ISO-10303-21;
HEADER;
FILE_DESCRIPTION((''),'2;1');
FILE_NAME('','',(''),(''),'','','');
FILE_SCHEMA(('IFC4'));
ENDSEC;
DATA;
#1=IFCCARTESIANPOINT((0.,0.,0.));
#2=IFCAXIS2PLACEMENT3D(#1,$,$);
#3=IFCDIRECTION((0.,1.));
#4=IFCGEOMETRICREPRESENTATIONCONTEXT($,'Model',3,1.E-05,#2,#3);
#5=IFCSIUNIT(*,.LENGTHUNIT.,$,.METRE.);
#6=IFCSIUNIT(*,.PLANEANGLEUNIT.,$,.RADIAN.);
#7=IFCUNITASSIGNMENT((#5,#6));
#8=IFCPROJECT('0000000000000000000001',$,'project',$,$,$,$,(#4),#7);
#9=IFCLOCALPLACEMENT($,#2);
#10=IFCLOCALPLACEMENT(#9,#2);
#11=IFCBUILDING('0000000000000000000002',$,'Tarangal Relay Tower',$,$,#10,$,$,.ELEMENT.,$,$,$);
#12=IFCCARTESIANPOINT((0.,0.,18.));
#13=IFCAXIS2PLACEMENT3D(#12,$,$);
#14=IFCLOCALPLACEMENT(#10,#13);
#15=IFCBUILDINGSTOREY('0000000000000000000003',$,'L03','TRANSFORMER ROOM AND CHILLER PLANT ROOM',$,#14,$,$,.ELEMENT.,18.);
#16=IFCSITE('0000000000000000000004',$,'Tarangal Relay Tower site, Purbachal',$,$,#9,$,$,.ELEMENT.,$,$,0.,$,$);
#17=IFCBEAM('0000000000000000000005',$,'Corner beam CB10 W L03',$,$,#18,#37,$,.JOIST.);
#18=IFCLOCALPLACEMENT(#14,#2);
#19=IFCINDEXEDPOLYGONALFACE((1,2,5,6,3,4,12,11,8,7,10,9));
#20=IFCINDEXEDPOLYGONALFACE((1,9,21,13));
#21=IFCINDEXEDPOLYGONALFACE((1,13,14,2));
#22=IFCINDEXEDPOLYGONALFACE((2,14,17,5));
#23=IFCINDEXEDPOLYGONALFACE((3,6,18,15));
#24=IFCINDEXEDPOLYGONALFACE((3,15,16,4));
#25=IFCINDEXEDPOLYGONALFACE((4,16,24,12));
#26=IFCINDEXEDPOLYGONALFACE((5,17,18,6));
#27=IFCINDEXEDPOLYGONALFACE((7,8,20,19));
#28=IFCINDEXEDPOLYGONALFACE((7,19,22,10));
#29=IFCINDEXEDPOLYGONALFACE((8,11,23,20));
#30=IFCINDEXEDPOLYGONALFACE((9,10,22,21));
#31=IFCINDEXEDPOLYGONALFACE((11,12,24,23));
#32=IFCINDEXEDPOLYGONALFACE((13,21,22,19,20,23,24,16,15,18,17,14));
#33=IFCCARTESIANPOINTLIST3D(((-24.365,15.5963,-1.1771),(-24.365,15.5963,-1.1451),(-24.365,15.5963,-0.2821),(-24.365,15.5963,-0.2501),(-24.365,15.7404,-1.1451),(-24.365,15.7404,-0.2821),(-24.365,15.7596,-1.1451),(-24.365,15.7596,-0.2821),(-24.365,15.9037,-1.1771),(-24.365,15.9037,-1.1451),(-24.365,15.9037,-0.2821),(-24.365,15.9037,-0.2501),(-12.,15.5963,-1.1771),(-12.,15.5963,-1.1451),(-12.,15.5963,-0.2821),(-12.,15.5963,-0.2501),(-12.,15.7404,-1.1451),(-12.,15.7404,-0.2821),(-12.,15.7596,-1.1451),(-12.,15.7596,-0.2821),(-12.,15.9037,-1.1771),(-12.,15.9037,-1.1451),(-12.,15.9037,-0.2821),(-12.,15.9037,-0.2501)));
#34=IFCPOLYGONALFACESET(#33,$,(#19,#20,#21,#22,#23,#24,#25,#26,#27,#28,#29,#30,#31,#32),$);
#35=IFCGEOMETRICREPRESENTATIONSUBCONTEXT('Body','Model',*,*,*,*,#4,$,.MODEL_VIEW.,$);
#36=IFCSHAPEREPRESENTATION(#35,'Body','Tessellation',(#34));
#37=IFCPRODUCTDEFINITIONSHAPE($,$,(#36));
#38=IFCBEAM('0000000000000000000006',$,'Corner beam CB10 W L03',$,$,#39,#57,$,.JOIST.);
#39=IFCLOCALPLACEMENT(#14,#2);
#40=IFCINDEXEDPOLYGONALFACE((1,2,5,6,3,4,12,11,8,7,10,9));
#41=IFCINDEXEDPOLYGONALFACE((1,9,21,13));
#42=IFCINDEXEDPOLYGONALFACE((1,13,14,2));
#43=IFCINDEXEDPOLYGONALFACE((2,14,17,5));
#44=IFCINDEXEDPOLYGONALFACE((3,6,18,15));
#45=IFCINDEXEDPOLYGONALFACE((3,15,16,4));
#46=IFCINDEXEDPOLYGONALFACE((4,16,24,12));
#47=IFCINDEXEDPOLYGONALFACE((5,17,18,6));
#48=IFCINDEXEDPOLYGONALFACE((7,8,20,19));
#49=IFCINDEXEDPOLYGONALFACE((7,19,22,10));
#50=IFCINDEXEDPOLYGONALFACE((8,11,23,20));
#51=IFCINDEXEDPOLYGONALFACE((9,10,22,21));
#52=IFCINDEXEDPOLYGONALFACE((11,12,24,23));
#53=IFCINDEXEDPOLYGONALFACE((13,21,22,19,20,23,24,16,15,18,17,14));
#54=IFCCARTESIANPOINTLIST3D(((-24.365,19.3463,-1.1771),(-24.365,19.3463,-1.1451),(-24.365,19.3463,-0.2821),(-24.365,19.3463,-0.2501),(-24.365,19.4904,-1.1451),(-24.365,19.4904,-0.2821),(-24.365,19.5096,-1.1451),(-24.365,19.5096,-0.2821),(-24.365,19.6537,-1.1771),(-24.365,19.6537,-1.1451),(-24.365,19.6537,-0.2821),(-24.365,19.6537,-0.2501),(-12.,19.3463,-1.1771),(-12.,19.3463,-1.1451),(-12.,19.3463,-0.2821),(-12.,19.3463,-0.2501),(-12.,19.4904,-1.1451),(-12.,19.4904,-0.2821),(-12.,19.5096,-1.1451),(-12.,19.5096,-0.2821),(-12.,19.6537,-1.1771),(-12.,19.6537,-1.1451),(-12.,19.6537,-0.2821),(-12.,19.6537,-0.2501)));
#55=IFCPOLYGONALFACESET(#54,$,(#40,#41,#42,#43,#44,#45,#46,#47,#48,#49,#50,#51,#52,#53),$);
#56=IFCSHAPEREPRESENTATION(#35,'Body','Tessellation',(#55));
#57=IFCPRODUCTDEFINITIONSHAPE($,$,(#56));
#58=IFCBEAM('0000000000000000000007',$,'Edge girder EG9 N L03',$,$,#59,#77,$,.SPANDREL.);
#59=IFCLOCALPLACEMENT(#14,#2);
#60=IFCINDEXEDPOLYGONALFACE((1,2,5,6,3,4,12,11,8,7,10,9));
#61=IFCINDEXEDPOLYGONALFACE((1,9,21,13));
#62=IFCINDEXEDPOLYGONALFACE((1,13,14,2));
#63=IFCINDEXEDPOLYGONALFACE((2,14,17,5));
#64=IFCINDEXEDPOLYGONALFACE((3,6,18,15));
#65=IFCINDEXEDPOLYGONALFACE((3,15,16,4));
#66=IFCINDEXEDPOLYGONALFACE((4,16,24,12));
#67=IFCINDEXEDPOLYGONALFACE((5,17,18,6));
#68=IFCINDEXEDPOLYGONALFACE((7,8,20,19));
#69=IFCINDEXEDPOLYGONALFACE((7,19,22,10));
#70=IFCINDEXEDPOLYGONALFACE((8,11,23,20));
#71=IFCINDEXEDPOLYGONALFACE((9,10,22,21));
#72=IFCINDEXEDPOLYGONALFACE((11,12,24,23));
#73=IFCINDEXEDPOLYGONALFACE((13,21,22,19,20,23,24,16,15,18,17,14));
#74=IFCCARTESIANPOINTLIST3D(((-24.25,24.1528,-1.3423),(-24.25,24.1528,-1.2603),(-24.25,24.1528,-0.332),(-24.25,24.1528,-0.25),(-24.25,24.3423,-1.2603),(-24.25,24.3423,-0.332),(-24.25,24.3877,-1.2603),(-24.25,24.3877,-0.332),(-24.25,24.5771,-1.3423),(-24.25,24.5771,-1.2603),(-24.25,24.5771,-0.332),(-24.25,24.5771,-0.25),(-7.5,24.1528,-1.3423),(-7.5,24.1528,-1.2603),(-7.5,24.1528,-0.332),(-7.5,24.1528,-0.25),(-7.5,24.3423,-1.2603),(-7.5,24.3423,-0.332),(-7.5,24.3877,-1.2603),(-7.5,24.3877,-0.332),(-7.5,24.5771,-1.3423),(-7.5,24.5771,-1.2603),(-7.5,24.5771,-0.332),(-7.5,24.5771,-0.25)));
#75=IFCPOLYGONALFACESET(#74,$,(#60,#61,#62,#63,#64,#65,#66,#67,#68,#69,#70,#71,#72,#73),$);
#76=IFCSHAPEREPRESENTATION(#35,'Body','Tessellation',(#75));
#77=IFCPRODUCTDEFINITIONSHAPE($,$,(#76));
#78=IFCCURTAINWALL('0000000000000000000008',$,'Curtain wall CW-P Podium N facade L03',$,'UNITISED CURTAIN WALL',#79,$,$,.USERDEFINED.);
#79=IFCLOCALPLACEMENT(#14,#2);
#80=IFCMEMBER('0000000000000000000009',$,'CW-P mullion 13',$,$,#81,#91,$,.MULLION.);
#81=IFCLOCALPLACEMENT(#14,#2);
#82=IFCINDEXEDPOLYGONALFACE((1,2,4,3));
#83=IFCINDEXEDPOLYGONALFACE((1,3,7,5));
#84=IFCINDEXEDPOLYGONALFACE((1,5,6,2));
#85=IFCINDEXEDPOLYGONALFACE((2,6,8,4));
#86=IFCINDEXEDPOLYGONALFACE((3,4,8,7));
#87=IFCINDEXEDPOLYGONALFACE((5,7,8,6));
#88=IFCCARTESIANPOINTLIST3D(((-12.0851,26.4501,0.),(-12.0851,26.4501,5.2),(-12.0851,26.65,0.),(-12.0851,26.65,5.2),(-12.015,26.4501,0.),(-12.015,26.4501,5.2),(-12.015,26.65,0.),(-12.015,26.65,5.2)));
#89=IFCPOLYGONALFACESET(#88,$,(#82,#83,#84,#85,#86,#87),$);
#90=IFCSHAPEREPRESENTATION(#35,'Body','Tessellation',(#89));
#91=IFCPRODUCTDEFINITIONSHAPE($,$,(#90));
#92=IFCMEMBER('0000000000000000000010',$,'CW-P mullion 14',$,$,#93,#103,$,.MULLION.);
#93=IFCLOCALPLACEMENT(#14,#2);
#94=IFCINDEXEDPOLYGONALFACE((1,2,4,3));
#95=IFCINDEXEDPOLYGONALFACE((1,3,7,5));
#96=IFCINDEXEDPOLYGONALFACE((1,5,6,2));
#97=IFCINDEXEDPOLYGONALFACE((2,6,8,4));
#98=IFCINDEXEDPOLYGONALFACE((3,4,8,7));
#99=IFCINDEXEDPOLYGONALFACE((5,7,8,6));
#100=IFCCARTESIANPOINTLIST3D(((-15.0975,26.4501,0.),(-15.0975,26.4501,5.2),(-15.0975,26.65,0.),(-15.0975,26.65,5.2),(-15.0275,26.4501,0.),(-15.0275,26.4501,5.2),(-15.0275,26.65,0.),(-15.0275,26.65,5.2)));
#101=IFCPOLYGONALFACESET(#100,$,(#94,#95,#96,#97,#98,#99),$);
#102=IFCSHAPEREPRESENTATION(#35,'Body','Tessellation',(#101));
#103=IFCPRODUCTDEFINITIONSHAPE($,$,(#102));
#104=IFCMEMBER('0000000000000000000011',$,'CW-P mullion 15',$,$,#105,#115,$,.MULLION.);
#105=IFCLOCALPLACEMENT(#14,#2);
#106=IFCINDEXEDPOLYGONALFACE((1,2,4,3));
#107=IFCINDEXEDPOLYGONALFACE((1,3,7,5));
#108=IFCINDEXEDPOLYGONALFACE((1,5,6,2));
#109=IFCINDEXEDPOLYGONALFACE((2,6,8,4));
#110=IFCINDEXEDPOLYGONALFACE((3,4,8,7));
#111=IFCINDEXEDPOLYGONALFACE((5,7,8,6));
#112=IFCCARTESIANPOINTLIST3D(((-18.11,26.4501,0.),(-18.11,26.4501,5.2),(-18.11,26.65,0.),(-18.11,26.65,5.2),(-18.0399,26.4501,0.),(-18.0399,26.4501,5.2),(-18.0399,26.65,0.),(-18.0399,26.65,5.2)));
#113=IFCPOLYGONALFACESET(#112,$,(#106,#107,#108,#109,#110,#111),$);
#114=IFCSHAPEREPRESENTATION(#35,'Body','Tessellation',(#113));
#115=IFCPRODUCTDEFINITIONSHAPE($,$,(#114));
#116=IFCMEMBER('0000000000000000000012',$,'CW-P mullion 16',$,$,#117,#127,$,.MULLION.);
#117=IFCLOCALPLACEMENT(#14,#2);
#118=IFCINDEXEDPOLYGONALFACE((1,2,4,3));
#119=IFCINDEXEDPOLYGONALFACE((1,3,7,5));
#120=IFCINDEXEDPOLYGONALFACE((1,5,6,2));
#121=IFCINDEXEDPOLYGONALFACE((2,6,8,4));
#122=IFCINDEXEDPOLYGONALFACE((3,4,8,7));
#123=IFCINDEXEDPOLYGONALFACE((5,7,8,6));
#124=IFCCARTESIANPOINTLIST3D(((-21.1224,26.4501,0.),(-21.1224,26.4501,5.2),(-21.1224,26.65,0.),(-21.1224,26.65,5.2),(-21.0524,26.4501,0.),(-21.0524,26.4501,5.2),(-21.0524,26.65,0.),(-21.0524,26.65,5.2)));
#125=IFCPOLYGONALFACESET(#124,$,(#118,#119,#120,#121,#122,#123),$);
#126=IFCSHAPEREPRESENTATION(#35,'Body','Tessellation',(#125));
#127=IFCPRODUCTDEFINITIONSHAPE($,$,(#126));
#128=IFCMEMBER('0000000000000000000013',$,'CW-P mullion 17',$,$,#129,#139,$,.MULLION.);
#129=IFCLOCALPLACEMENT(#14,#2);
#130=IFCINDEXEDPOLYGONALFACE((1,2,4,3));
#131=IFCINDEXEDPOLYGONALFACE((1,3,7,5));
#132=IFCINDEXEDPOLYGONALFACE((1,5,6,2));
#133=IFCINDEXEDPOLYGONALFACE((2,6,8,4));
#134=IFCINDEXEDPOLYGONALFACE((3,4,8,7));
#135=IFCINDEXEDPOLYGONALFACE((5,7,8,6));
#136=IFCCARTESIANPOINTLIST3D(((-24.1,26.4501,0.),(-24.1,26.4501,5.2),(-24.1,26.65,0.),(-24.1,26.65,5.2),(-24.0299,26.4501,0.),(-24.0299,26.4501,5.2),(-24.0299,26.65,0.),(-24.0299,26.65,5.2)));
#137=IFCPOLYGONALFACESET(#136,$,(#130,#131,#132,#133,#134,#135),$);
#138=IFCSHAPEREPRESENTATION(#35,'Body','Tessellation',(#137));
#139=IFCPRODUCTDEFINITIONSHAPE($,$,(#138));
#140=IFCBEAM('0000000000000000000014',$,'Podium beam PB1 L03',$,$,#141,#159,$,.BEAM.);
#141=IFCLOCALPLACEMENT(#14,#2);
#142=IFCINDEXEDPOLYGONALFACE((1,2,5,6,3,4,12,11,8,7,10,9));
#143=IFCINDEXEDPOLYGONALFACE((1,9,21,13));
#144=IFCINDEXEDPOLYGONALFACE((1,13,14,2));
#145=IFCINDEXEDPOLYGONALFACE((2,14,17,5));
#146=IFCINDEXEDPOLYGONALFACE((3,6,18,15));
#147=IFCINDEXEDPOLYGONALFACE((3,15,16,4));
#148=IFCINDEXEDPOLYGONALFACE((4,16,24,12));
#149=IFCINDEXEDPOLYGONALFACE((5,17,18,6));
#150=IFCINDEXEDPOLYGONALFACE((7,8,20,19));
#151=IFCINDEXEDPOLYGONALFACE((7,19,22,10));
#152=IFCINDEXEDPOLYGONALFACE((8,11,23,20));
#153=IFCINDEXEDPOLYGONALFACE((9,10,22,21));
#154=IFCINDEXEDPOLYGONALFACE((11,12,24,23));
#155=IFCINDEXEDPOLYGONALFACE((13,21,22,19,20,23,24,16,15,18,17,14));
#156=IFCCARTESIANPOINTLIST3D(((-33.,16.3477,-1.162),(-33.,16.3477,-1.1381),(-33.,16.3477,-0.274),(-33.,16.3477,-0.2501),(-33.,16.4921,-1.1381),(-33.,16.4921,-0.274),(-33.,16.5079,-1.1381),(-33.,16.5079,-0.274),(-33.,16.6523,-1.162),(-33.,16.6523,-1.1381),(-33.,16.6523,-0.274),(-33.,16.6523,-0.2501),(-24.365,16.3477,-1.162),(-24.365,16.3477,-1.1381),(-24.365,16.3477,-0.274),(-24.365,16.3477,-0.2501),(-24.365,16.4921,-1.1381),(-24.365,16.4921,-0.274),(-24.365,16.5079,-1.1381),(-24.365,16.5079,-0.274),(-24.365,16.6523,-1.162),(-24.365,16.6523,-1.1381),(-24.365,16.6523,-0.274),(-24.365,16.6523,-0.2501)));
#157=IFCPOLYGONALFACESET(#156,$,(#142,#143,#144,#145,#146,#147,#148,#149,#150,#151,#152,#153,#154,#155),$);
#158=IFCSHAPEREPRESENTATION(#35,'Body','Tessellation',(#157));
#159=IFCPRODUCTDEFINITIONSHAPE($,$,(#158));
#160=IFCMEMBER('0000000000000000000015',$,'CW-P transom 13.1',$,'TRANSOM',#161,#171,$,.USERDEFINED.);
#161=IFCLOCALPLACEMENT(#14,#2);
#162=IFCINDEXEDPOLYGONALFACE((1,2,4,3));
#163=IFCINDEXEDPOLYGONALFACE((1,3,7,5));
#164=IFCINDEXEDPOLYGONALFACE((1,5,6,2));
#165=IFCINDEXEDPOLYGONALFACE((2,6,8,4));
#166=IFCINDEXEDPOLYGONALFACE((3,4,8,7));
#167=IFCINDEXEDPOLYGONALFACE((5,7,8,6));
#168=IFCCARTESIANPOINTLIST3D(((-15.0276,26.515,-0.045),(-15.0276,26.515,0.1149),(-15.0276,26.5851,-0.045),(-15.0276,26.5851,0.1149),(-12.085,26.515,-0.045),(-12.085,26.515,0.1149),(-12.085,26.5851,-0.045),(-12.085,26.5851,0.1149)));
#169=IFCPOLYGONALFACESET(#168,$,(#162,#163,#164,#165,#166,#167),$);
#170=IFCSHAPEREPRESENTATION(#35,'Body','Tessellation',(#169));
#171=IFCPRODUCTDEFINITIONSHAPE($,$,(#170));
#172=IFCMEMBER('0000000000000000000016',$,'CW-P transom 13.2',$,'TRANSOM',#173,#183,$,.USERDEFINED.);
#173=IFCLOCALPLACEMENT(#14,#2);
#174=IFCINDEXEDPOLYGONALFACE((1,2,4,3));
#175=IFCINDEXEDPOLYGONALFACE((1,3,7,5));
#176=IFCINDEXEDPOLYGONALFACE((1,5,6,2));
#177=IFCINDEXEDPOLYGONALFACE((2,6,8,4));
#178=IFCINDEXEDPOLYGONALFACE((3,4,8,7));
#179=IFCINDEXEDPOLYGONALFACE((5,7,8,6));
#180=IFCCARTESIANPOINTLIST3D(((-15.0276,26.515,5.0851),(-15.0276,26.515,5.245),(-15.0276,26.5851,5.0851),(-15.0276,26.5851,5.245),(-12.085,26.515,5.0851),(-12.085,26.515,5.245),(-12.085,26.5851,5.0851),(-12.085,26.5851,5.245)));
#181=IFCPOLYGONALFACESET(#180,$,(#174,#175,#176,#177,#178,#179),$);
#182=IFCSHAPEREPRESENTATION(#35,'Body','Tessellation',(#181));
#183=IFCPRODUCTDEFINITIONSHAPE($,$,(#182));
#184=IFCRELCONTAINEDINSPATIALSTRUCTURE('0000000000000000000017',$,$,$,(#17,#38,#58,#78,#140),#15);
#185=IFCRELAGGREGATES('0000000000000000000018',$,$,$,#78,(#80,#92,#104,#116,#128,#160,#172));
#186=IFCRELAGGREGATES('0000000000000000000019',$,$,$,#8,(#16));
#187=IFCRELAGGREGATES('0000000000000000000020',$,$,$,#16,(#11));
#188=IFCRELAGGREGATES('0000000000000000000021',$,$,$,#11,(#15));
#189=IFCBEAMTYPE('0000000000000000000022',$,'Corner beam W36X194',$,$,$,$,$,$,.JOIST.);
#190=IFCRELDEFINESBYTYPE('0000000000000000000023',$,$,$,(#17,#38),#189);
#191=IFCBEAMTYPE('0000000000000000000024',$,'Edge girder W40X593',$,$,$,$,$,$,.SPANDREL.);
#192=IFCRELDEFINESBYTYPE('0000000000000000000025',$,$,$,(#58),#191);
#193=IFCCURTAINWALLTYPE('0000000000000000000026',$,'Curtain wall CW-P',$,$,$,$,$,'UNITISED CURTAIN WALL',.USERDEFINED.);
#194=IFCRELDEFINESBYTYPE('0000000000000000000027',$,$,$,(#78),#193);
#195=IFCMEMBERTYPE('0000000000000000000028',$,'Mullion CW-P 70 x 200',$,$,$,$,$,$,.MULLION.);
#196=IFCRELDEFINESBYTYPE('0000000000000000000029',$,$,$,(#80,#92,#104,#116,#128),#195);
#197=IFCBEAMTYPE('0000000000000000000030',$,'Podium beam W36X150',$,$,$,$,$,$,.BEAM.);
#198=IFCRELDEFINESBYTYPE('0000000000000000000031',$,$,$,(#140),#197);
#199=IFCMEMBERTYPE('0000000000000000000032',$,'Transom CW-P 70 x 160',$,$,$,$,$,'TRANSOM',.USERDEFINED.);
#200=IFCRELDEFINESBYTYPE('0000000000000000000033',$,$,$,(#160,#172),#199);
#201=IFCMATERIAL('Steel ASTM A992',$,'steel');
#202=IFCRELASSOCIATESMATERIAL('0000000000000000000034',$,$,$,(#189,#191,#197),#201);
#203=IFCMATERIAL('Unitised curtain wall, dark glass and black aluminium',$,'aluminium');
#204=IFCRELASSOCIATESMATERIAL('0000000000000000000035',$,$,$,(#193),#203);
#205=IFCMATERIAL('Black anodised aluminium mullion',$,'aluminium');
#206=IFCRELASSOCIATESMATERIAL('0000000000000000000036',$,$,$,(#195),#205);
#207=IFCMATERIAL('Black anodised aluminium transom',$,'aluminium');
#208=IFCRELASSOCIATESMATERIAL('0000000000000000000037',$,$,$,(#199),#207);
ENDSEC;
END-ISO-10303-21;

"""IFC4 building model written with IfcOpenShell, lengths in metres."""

from ifc_helpers import new_model, si_unit, direction, frame, origin, origin_2d, place, context, subcontext, project, spatial, rectangle, i_section, extrude, material, material_profile, profile_set, type_object, element, aggregate, save


model = new_model("IFC4")

# Units and contexts
model_context = context("Model", 3, precision=1e-05, world=origin(), true_north=direction((0.0, 1.0)))
body_context = subcontext(model_context, "Body", "Model", "MODEL_VIEW")
ifc_project = project(units=[si_unit("LENGTHUNIT", "METRE"), si_unit("PLANEANGLEUNIT", "RADIAN")], contexts=[model_context])

# Site, building, storey
site_placement = place(None, origin())
site = spatial("IfcSite", under=ifc_project, at=site_placement, Name="Tarangal Relay Tower site, Purbachal", CompositionType="ELEMENT", RefElevation=0.0)
building_placement = place(site_placement, origin())
building = spatial("IfcBuilding", under=site, at=building_placement, Name="Tarangal Relay Tower", CompositionType="ELEMENT")
storey_placement = place(building_placement, frame((0.0, 0.0, 18.0)))
storey = spatial("IfcBuildingStorey", under=building, at=storey_placement, Name="L03", Description="TRANSFORMER ROOM AND CHILLER PLANT ROOM", CompositionType="ELEMENT", Elevation=18.0)

# Beams
ifc_material_1 = material(Name="Steel ASTM A992", Category="steel")
ifc_material_profile_1 = material_profile(ifc_material_1, i_section(OverallWidth=0.3074, OverallDepth=0.927, WebThickness=0.0193, FlangeThickness=0.032, at=origin_2d()), Name="W36X194")
ifc_profile_set_1 = profile_set([ifc_material_profile_1], Name="Steel ASTM A992")
beam_type_1 = type_object("IfcBeamType", Name="Corner beam W36X194", PredefinedType="JOIST", material=ifc_profile_set_1)
for number, where, z_axis, x_axis, name in (
    (1, (-12.0, 15.75, -0.7136), (-1.0, 0.0, 0.0), (0.0, -1.0, 0.0), "Corner beam CB10 W L03"),
    (2, (-12.0, 19.5, -0.7136), (-1.0, 0.0, 0.0), (0.0, -1.0, 0.0), "Corner beam CB10 W L03"),
):
    element("IfcBeam", number, at=place(storey_placement, frame(where, z_axis=z_axis, x_axis=x_axis)), inside=storey, type_object=beam_type_1, Name=name, PredefinedType="JOIST", context=body_context, shape_type="SweptSolid", body=[
        extrude(i_section(OverallWidth=0.3074, OverallDepth=0.927, WebThickness=0.0193, FlangeThickness=0.032, at=origin_2d()), origin(), (0.0, 0.0, 1.0), 12.365),
    ])
ifc_material_profile_2 = material_profile(ifc_material_1, i_section(OverallWidth=0.4243, OverallDepth=1.0923, WebThickness=0.0454, FlangeThickness=0.082, at=origin_2d()), Name="W40X593")
ifc_profile_set_2 = profile_set([ifc_material_profile_2], Name="Steel ASTM A992")
beam_type_2 = type_object("IfcBeamType", Name="Edge girder W40X593", PredefinedType="SPANDREL", material=ifc_profile_set_2)
beam_1_placement = place(storey_placement, frame((-24.25, 24.365, -0.7961), z_axis=(1.0, 0.0, 0.0), x_axis=(0.0, 1.0, 0.0)))
element("IfcBeam", 3, at=beam_1_placement, inside=storey, type_object=beam_type_2, Name="Edge girder EG9 N L03", PredefinedType="SPANDREL", context=body_context, shape_type="SweptSolid", body=[
    extrude(i_section(OverallWidth=0.4243, OverallDepth=1.0923, WebThickness=0.0454, FlangeThickness=0.082, at=origin_2d()), origin(), (0.0, 0.0, 1.0), 16.75),
])

# Curtain wall, members
ifc_material_2 = material(Name="Unitised curtain wall, dark glass and black aluminium", Category="aluminium")
curtain_wall_type = type_object("IfcCurtainWallType", Name="Curtain wall CW-P", ElementType="UNITISED CURTAIN WALL", PredefinedType="USERDEFINED", material=ifc_material_2)
curtain_wall_placement = place(storey_placement, origin())
curtain_wall = element("IfcCurtainWall", 4, at=curtain_wall_placement, inside=storey, type_object=curtain_wall_type, Name="Curtain wall CW-P Podium N facade L03", ObjectType="UNITISED CURTAIN WALL", PredefinedType="USERDEFINED")
ifc_material_3 = material(Name="Black anodised aluminium mullion", Category="aluminium")
ifc_material_profile_3 = material_profile(ifc_material_3, rectangle(XDim=0.2, YDim=0.0701, at=origin_2d()), Name="CW-PM 70X200")
ifc_profile_set_3 = profile_set([ifc_material_profile_3], Name="Black anodised aluminium mullion")
member_type_1 = type_object("IfcMemberType", Name="Mullion CW-P 70 x 200", PredefinedType="MULLION", material=ifc_profile_set_3)
member_1_placement = place(storey_placement, frame((-12.05, 26.55, 0.0), z_axis=(0.0, 0.0, 1.0), x_axis=(0.0, -1.0, 0.0)))
member_1 = element("IfcMember", 5, at=member_1_placement, type_object=member_type_1, Name="CW-P mullion 13", PredefinedType="MULLION", context=body_context, shape_type="SweptSolid", body=[
    extrude(rectangle(XDim=0.2, YDim=0.0701, at=origin_2d()), origin(), (0.0, 0.0, 1.0), 5.2),
])
member_2_placement = place(storey_placement, frame((-15.0625, 26.55, 0.0), z_axis=(0.0, 0.0, 1.0), x_axis=(0.0, -1.0, 0.0)))
member_2 = element("IfcMember", 6, at=member_2_placement, type_object=member_type_1, Name="CW-P mullion 14", PredefinedType="MULLION", context=body_context, shape_type="SweptSolid", body=[
    extrude(rectangle(XDim=0.2, YDim=0.0701, at=origin_2d()), origin(), (0.0, 0.0, 1.0), 5.2),
])
member_3_placement = place(storey_placement, frame((-18.075, 26.55, 0.0), z_axis=(0.0, 0.0, 1.0), x_axis=(0.0, -1.0, 0.0)))
member_3 = element("IfcMember", 7, at=member_3_placement, type_object=member_type_1, Name="CW-P mullion 15", PredefinedType="MULLION", context=body_context, shape_type="SweptSolid", body=[
    extrude(rectangle(XDim=0.2, YDim=0.0701, at=origin_2d()), origin(), (0.0, 0.0, 1.0), 5.2),
])
member_4_placement = place(storey_placement, frame((-21.0874, 26.55, 0.0), z_axis=(0.0, 0.0, 1.0), x_axis=(0.0, -1.0, 0.0)))
member_4 = element("IfcMember", 8, at=member_4_placement, type_object=member_type_1, Name="CW-P mullion 16", PredefinedType="MULLION", context=body_context, shape_type="SweptSolid", body=[
    extrude(rectangle(XDim=0.2, YDim=0.0701, at=origin_2d()), origin(), (0.0, 0.0, 1.0), 5.2),
])
member_5_placement = place(storey_placement, frame((-24.0649, 26.55, 0.0), z_axis=(0.0, 0.0, 1.0), x_axis=(0.0, -1.0, 0.0)))
member_5 = element("IfcMember", 9, at=member_5_placement, type_object=member_type_1, Name="CW-P mullion 17", PredefinedType="MULLION", context=body_context, shape_type="SweptSolid", body=[
    extrude(rectangle(XDim=0.2, YDim=0.0701, at=origin_2d()), origin(), (0.0, 0.0, 1.0), 5.2),
])

# Beam
ifc_material_profile_4 = material_profile(ifc_material_1, i_section(OverallWidth=0.3047, OverallDepth=0.9119, WebThickness=0.0159, FlangeThickness=0.0239, at=origin_2d()), Name="W36X150")
ifc_profile_set_4 = profile_set([ifc_material_profile_4], Name="Steel ASTM A992")
beam_type_3 = type_object("IfcBeamType", Name="Podium beam W36X150", PredefinedType="BEAM", material=ifc_profile_set_4)
beam_2_placement = place(storey_placement, frame((-24.365, 16.5, -0.7061), z_axis=(-1.0, 0.0, 0.0), x_axis=(0.0, -1.0, 0.0)))
element("IfcBeam", 10, at=beam_2_placement, inside=storey, type_object=beam_type_3, Name="Podium beam PB1 L03", PredefinedType="BEAM", context=body_context, shape_type="SweptSolid", body=[
    extrude(i_section(OverallWidth=0.3047, OverallDepth=0.9119, WebThickness=0.0159, FlangeThickness=0.0239, at=origin_2d()), origin(), (0.0, 0.0, 1.0), 8.635),
])

# Members
ifc_material_4 = material(Name="Black anodised aluminium transom", Category="aluminium")
ifc_material_profile_5 = material_profile(ifc_material_4, rectangle(XDim=0.0701, YDim=0.1599, at=origin_2d()), Name="CW-PT 70X160")
ifc_profile_set_5 = profile_set([ifc_material_profile_5], Name="Black anodised aluminium transom")
member_type_2 = type_object("IfcMemberType", Name="Transom CW-P 70 x 160", ElementType="TRANSOM", PredefinedType="USERDEFINED", material=ifc_profile_set_5)
member_6_placement = place(storey_placement, frame((-12.085, 26.55, 0.0349), z_axis=(-1.0, 0.0, 0.0), x_axis=(0.0, -1.0, 0.0)))
member_6 = element("IfcMember", 11, at=member_6_placement, type_object=member_type_2, Name="CW-P transom 13.1", ObjectType="TRANSOM", PredefinedType="USERDEFINED", context=body_context, shape_type="SweptSolid", body=[
    extrude(rectangle(XDim=0.0701, YDim=0.1599, at=origin_2d()), origin(), (0.0, 0.0, 1.0), 2.9426),
])
member_7_placement = place(storey_placement, frame((-12.085, 26.55, 5.165), z_axis=(-1.0, 0.0, 0.0), x_axis=(0.0, -1.0, 0.0)))
member_7 = element("IfcMember", 12, at=member_7_placement, type_object=member_type_2, Name="CW-P transom 13.2", ObjectType="TRANSOM", PredefinedType="USERDEFINED", context=body_context, shape_type="SweptSolid", body=[
    extrude(rectangle(XDim=0.0701, YDim=0.1599, at=origin_2d()), origin(), (0.0, 0.0, 1.0), 2.9426),
])

aggregate(curtain_wall, [member_1, member_2, member_3, member_4, member_5, member_6, member_7])

save(model, "model.ifc")
